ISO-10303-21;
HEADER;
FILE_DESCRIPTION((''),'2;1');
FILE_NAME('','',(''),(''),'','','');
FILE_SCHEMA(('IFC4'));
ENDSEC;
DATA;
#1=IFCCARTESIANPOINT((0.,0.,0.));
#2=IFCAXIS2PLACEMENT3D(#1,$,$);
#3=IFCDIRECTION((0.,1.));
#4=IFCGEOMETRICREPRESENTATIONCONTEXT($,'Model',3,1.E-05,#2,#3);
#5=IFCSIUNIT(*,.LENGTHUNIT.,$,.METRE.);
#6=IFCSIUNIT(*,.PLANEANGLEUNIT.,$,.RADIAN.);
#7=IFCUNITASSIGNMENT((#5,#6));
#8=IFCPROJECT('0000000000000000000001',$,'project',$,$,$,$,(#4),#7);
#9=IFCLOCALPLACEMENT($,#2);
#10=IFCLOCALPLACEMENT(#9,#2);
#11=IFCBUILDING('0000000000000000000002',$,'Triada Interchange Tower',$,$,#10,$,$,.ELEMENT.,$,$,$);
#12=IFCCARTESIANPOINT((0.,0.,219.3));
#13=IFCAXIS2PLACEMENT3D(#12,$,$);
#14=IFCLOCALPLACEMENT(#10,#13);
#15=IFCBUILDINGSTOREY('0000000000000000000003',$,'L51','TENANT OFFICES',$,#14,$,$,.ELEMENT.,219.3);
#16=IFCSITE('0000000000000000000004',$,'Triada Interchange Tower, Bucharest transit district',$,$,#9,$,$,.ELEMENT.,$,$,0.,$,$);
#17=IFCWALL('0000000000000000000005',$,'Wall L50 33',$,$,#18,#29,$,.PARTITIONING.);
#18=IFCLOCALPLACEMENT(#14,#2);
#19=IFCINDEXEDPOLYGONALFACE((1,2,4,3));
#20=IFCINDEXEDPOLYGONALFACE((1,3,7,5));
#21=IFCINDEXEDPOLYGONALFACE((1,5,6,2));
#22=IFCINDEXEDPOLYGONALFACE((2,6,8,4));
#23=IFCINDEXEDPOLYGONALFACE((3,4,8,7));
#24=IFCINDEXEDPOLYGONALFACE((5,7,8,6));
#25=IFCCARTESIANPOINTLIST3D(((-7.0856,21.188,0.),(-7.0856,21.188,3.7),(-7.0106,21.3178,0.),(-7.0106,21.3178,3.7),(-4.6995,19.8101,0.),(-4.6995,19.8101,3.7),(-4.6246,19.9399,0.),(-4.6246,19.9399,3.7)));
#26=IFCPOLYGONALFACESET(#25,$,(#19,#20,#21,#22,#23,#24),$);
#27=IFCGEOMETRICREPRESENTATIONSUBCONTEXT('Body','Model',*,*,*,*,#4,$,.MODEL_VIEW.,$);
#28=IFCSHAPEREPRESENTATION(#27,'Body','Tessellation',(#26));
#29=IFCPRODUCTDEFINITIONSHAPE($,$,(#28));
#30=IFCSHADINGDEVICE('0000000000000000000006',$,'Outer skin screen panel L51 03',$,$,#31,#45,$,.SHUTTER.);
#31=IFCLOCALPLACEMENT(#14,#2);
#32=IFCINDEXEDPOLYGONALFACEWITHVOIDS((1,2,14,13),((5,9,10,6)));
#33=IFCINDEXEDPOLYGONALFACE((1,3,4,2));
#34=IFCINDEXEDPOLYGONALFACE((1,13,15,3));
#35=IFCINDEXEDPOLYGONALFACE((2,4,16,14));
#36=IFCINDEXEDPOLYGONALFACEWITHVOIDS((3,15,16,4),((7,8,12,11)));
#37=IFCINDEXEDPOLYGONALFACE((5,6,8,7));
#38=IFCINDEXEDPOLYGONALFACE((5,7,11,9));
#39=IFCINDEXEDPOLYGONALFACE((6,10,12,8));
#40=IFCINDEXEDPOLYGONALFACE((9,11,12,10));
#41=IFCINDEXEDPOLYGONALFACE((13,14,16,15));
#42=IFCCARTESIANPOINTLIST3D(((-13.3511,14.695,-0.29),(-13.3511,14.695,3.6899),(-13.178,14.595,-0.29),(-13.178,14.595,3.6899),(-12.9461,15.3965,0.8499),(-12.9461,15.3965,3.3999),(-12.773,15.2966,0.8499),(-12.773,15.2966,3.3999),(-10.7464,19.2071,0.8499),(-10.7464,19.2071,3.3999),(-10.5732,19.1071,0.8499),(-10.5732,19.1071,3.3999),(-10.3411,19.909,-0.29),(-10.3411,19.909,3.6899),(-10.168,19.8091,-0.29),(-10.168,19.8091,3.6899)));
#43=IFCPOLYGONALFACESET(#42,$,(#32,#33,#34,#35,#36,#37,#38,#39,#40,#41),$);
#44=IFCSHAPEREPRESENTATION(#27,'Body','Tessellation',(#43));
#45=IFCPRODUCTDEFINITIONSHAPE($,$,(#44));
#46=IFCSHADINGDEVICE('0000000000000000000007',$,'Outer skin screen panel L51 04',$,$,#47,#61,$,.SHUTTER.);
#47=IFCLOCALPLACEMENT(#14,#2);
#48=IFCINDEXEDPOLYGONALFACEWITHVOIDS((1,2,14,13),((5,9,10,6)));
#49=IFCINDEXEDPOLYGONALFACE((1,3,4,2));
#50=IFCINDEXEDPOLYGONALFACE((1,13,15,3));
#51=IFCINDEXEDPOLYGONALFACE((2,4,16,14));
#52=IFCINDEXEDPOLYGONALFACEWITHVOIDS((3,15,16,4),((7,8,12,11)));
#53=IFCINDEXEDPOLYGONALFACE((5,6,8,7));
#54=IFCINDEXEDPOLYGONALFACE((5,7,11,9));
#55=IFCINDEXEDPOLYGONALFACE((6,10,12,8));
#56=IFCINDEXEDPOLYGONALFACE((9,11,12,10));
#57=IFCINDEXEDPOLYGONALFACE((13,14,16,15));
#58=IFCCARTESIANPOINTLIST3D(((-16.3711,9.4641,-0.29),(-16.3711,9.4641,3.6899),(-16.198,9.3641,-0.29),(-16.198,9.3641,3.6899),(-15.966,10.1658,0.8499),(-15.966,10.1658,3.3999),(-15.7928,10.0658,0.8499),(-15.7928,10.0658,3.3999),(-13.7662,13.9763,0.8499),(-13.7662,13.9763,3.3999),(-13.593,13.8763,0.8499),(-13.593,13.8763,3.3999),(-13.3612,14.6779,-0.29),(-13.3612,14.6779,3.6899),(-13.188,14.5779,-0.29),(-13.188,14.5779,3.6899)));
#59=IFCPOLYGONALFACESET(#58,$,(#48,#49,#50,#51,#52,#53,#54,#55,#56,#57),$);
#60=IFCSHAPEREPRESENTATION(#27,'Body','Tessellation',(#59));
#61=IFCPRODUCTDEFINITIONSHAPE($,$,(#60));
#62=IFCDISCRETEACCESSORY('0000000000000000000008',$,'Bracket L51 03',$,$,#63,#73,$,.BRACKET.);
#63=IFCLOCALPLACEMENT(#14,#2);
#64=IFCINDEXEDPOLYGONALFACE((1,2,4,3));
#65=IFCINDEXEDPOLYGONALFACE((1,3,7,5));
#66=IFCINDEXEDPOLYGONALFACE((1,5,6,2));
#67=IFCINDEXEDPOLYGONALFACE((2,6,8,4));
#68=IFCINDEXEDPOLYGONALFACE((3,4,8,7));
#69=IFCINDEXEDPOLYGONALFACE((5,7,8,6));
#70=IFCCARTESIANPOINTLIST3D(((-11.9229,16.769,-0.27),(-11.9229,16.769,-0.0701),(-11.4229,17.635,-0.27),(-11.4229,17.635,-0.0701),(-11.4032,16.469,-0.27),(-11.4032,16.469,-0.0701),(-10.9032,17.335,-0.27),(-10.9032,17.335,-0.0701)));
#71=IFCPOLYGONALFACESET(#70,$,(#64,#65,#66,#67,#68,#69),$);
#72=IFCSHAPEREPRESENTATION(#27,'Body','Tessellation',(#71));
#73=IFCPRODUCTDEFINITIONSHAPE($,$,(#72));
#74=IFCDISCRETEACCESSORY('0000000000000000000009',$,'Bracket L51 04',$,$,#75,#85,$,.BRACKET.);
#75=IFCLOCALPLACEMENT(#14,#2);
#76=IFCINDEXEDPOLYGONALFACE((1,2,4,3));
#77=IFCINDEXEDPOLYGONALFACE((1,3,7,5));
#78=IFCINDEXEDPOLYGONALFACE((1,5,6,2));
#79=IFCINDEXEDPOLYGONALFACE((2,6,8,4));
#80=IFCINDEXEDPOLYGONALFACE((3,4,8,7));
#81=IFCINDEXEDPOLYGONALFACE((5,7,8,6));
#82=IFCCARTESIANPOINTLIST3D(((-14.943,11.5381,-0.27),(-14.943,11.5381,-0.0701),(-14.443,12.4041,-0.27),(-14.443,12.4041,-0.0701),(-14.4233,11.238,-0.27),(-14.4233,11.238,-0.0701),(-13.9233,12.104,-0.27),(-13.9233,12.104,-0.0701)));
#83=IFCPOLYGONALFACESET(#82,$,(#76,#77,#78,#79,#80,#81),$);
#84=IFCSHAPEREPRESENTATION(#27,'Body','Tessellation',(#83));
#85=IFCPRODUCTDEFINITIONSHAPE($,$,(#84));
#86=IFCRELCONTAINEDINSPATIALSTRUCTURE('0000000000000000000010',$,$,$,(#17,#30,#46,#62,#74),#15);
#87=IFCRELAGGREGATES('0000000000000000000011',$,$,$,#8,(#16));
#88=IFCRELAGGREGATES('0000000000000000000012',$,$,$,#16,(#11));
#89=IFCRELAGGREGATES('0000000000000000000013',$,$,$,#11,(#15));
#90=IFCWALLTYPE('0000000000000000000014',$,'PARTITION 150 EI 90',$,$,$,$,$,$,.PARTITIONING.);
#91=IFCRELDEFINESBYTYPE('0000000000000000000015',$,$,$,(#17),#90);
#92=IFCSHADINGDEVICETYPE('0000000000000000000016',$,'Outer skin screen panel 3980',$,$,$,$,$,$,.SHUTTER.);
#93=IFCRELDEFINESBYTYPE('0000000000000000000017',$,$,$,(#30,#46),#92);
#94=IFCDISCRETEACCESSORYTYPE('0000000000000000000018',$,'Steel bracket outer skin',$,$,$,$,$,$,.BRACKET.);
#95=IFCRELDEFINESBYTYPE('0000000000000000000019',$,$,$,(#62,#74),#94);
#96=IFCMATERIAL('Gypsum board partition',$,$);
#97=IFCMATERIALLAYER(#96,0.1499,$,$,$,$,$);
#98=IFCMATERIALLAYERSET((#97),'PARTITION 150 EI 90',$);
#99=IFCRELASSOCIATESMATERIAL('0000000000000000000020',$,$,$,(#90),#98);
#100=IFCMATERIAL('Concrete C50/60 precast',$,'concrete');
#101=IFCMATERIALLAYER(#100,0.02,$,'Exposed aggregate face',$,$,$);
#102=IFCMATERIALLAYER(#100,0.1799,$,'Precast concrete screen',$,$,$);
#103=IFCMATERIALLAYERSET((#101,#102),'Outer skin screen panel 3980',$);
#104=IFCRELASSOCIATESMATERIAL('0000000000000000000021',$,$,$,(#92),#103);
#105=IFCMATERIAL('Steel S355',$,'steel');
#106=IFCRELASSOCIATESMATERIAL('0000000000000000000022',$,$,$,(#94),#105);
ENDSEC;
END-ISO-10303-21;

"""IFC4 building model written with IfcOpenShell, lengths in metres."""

from ifc_helpers import new_model, si_unit, direction, frame, frame_2d, origin, origin_2d, place, context, subcontext, project, spatial, polyline, rectangle, outline, extrude, material, layer, layer_set, type_object, element, save


model = new_model("IFC4")

# Units and contexts
model_context = context("Model", 3, precision=1e-05, world=origin(), true_north=direction((0.0, 1.0)))
body_context = subcontext(model_context, "Body", "Model", "MODEL_VIEW")
ifc_project = project(units=[si_unit("LENGTHUNIT", "METRE"), si_unit("PLANEANGLEUNIT", "RADIAN")], contexts=[model_context])

# Site, building, storey
site_placement = place(None, origin())
site = spatial("IfcSite", under=ifc_project, at=site_placement, Name="Triada Interchange Tower, Bucharest transit district", CompositionType="ELEMENT", RefElevation=0.0)
building_placement = place(site_placement, origin())
building = spatial("IfcBuilding", under=site, at=building_placement, Name="Triada Interchange Tower", CompositionType="ELEMENT")
storey_placement = place(building_placement, frame((0.0, 0.0, 219.3)))
storey = spatial("IfcBuildingStorey", under=building, at=storey_placement, Name="L51", Description="TENANT OFFICES", CompositionType="ELEMENT", Elevation=219.3)

# Shared definitions
ifc_material_1 = material(Name="Gypsum board partition")
ifc_layer_1 = layer(ifc_material_1, 0.1499)
ifc_layer_set_1 = layer_set([ifc_layer_1], Name="PARTITION 150 EI 90")
wall_type_1 = type_object("IfcWallType", Name="PARTITION 150 EI 90", PredefinedType="PARTITIONING", material=ifc_layer_set_1)

# Wall
wall_1_placement = place(storey_placement, frame((-7.0481, 21.2529, 0.0), z_axis=(0.0, 0.0, 1.0), x_axis=(0.865966, -0.500103, 0.0)))
element("IfcWall", 1, at=wall_1_placement, inside=storey, type_object=wall_type_1, Name="Wall L50 33", PredefinedType="PARTITIONING", context=body_context, shape_type="SweptSolid", body=[
    extrude(rectangle(XDim=2.7554, YDim=0.1499, at=frame_2d((1.3777, 0.0))), origin(), (0.0, 0.0, 1.0), 3.7),
])

# Shading devices
ifc_material_2 = material(Name="Concrete C50/60 precast", Category="concrete")
ifc_layer_2 = layer(ifc_material_2, 0.02, Name="Exposed aggregate face")
ifc_layer_3 = layer(ifc_material_2, 0.1799, Name="Precast concrete screen")
ifc_layer_set_2 = layer_set([ifc_layer_2, ifc_layer_3], Name="Outer skin screen panel 3980")
shading_device_type = type_object("IfcShadingDeviceType", Name="Outer skin screen panel 3980", PredefinedType="SHUTTER", material=ifc_layer_set_2)
shading_device_1_placement = place(storey_placement, frame((-10.168, 19.8091, -0.29), z_axis=(0.0, 0.0, 1.0), x_axis=(-0.499955, -0.866051, 0.0)))
element("IfcShadingDevice", 2, at=shading_device_1_placement, inside=storey, type_object=shading_device_type, Name="Outer skin screen panel L51 03", PredefinedType="SHUTTER", context=body_context, shape_type="SweptSolid", body=[
    extrude(outline(polyline([(0.0, 0.0), (6.0205, 0.0), (6.0205, 3.98), (0.0, 3.98), (0.0, 0.0)]), holes=[polyline([(0.8105, 1.1399), (0.8105, 3.6899), (5.2104, 3.6899), (5.2104, 1.1399), (0.8105, 1.1399)])]), frame((0.0, 0.0, 0.0), z_axis=(0.0, -1.0, 0.0), x_axis=(1.0, 0.0, 0.0)), (0.0, 0.0, 1.0), 0.2),
])
shading_device_2_placement = place(storey_placement, frame((-13.188, 14.5779, -0.29), z_axis=(0.0, 0.0, 1.0), x_axis=(-0.499973, -0.866041, 0.0)))
element("IfcShadingDevice", 3, at=shading_device_2_placement, inside=storey, type_object=shading_device_type, Name="Outer skin screen panel L51 04", PredefinedType="SHUTTER", context=body_context, shape_type="SweptSolid", body=[
    extrude(outline(polyline([(0.0, 0.0), (6.0203, 0.0), (6.0203, 3.98), (0.0, 3.98), (0.0, 0.0)]), holes=[polyline([(0.8101, 1.1399), (0.8101, 3.6899), (5.21, 3.6899), (5.21, 1.1399), (0.8101, 1.1399)])]), frame((0.0, 0.0, 0.0), z_axis=(0.0, -1.0, 0.0), x_axis=(1.0, 0.0, 0.0)), (0.0, 0.0, 1.0), 0.2),
])

# Discrete accessories
ifc_material_3 = material(Name="Steel S355", Category="steel")
discrete_accessory_type = type_object("IfcDiscreteAccessoryType", Name="Steel bracket outer skin", PredefinedType="BRACKET", material=ifc_material_3)
for number, where, z_axis, x_axis, name in (
    (4, (-11.4131, 17.052, -0.27), (0.0, 0.0, 1.0), (-0.866025, 0.500001, 0.0), "Bracket L51 03"),
    (5, (-14.4331, 11.821, -0.27), (0.0, 0.0, 1.0), (-0.866025, 0.500001, 0.0), "Bracket L51 04"),
):
    element("IfcDiscreteAccessory", number, at=place(storey_placement, frame(where, z_axis=z_axis, x_axis=x_axis)), inside=storey, type_object=discrete_accessory_type, Name=name, PredefinedType="BRACKET", context=body_context, shape_type="SweptSolid", body=[
        extrude(rectangle(XDim=0.6001, YDim=1.0, at=origin_2d()), origin(), (0.0, 0.0, 1.0), 0.2),
    ])

save(model, "model.ifc")
